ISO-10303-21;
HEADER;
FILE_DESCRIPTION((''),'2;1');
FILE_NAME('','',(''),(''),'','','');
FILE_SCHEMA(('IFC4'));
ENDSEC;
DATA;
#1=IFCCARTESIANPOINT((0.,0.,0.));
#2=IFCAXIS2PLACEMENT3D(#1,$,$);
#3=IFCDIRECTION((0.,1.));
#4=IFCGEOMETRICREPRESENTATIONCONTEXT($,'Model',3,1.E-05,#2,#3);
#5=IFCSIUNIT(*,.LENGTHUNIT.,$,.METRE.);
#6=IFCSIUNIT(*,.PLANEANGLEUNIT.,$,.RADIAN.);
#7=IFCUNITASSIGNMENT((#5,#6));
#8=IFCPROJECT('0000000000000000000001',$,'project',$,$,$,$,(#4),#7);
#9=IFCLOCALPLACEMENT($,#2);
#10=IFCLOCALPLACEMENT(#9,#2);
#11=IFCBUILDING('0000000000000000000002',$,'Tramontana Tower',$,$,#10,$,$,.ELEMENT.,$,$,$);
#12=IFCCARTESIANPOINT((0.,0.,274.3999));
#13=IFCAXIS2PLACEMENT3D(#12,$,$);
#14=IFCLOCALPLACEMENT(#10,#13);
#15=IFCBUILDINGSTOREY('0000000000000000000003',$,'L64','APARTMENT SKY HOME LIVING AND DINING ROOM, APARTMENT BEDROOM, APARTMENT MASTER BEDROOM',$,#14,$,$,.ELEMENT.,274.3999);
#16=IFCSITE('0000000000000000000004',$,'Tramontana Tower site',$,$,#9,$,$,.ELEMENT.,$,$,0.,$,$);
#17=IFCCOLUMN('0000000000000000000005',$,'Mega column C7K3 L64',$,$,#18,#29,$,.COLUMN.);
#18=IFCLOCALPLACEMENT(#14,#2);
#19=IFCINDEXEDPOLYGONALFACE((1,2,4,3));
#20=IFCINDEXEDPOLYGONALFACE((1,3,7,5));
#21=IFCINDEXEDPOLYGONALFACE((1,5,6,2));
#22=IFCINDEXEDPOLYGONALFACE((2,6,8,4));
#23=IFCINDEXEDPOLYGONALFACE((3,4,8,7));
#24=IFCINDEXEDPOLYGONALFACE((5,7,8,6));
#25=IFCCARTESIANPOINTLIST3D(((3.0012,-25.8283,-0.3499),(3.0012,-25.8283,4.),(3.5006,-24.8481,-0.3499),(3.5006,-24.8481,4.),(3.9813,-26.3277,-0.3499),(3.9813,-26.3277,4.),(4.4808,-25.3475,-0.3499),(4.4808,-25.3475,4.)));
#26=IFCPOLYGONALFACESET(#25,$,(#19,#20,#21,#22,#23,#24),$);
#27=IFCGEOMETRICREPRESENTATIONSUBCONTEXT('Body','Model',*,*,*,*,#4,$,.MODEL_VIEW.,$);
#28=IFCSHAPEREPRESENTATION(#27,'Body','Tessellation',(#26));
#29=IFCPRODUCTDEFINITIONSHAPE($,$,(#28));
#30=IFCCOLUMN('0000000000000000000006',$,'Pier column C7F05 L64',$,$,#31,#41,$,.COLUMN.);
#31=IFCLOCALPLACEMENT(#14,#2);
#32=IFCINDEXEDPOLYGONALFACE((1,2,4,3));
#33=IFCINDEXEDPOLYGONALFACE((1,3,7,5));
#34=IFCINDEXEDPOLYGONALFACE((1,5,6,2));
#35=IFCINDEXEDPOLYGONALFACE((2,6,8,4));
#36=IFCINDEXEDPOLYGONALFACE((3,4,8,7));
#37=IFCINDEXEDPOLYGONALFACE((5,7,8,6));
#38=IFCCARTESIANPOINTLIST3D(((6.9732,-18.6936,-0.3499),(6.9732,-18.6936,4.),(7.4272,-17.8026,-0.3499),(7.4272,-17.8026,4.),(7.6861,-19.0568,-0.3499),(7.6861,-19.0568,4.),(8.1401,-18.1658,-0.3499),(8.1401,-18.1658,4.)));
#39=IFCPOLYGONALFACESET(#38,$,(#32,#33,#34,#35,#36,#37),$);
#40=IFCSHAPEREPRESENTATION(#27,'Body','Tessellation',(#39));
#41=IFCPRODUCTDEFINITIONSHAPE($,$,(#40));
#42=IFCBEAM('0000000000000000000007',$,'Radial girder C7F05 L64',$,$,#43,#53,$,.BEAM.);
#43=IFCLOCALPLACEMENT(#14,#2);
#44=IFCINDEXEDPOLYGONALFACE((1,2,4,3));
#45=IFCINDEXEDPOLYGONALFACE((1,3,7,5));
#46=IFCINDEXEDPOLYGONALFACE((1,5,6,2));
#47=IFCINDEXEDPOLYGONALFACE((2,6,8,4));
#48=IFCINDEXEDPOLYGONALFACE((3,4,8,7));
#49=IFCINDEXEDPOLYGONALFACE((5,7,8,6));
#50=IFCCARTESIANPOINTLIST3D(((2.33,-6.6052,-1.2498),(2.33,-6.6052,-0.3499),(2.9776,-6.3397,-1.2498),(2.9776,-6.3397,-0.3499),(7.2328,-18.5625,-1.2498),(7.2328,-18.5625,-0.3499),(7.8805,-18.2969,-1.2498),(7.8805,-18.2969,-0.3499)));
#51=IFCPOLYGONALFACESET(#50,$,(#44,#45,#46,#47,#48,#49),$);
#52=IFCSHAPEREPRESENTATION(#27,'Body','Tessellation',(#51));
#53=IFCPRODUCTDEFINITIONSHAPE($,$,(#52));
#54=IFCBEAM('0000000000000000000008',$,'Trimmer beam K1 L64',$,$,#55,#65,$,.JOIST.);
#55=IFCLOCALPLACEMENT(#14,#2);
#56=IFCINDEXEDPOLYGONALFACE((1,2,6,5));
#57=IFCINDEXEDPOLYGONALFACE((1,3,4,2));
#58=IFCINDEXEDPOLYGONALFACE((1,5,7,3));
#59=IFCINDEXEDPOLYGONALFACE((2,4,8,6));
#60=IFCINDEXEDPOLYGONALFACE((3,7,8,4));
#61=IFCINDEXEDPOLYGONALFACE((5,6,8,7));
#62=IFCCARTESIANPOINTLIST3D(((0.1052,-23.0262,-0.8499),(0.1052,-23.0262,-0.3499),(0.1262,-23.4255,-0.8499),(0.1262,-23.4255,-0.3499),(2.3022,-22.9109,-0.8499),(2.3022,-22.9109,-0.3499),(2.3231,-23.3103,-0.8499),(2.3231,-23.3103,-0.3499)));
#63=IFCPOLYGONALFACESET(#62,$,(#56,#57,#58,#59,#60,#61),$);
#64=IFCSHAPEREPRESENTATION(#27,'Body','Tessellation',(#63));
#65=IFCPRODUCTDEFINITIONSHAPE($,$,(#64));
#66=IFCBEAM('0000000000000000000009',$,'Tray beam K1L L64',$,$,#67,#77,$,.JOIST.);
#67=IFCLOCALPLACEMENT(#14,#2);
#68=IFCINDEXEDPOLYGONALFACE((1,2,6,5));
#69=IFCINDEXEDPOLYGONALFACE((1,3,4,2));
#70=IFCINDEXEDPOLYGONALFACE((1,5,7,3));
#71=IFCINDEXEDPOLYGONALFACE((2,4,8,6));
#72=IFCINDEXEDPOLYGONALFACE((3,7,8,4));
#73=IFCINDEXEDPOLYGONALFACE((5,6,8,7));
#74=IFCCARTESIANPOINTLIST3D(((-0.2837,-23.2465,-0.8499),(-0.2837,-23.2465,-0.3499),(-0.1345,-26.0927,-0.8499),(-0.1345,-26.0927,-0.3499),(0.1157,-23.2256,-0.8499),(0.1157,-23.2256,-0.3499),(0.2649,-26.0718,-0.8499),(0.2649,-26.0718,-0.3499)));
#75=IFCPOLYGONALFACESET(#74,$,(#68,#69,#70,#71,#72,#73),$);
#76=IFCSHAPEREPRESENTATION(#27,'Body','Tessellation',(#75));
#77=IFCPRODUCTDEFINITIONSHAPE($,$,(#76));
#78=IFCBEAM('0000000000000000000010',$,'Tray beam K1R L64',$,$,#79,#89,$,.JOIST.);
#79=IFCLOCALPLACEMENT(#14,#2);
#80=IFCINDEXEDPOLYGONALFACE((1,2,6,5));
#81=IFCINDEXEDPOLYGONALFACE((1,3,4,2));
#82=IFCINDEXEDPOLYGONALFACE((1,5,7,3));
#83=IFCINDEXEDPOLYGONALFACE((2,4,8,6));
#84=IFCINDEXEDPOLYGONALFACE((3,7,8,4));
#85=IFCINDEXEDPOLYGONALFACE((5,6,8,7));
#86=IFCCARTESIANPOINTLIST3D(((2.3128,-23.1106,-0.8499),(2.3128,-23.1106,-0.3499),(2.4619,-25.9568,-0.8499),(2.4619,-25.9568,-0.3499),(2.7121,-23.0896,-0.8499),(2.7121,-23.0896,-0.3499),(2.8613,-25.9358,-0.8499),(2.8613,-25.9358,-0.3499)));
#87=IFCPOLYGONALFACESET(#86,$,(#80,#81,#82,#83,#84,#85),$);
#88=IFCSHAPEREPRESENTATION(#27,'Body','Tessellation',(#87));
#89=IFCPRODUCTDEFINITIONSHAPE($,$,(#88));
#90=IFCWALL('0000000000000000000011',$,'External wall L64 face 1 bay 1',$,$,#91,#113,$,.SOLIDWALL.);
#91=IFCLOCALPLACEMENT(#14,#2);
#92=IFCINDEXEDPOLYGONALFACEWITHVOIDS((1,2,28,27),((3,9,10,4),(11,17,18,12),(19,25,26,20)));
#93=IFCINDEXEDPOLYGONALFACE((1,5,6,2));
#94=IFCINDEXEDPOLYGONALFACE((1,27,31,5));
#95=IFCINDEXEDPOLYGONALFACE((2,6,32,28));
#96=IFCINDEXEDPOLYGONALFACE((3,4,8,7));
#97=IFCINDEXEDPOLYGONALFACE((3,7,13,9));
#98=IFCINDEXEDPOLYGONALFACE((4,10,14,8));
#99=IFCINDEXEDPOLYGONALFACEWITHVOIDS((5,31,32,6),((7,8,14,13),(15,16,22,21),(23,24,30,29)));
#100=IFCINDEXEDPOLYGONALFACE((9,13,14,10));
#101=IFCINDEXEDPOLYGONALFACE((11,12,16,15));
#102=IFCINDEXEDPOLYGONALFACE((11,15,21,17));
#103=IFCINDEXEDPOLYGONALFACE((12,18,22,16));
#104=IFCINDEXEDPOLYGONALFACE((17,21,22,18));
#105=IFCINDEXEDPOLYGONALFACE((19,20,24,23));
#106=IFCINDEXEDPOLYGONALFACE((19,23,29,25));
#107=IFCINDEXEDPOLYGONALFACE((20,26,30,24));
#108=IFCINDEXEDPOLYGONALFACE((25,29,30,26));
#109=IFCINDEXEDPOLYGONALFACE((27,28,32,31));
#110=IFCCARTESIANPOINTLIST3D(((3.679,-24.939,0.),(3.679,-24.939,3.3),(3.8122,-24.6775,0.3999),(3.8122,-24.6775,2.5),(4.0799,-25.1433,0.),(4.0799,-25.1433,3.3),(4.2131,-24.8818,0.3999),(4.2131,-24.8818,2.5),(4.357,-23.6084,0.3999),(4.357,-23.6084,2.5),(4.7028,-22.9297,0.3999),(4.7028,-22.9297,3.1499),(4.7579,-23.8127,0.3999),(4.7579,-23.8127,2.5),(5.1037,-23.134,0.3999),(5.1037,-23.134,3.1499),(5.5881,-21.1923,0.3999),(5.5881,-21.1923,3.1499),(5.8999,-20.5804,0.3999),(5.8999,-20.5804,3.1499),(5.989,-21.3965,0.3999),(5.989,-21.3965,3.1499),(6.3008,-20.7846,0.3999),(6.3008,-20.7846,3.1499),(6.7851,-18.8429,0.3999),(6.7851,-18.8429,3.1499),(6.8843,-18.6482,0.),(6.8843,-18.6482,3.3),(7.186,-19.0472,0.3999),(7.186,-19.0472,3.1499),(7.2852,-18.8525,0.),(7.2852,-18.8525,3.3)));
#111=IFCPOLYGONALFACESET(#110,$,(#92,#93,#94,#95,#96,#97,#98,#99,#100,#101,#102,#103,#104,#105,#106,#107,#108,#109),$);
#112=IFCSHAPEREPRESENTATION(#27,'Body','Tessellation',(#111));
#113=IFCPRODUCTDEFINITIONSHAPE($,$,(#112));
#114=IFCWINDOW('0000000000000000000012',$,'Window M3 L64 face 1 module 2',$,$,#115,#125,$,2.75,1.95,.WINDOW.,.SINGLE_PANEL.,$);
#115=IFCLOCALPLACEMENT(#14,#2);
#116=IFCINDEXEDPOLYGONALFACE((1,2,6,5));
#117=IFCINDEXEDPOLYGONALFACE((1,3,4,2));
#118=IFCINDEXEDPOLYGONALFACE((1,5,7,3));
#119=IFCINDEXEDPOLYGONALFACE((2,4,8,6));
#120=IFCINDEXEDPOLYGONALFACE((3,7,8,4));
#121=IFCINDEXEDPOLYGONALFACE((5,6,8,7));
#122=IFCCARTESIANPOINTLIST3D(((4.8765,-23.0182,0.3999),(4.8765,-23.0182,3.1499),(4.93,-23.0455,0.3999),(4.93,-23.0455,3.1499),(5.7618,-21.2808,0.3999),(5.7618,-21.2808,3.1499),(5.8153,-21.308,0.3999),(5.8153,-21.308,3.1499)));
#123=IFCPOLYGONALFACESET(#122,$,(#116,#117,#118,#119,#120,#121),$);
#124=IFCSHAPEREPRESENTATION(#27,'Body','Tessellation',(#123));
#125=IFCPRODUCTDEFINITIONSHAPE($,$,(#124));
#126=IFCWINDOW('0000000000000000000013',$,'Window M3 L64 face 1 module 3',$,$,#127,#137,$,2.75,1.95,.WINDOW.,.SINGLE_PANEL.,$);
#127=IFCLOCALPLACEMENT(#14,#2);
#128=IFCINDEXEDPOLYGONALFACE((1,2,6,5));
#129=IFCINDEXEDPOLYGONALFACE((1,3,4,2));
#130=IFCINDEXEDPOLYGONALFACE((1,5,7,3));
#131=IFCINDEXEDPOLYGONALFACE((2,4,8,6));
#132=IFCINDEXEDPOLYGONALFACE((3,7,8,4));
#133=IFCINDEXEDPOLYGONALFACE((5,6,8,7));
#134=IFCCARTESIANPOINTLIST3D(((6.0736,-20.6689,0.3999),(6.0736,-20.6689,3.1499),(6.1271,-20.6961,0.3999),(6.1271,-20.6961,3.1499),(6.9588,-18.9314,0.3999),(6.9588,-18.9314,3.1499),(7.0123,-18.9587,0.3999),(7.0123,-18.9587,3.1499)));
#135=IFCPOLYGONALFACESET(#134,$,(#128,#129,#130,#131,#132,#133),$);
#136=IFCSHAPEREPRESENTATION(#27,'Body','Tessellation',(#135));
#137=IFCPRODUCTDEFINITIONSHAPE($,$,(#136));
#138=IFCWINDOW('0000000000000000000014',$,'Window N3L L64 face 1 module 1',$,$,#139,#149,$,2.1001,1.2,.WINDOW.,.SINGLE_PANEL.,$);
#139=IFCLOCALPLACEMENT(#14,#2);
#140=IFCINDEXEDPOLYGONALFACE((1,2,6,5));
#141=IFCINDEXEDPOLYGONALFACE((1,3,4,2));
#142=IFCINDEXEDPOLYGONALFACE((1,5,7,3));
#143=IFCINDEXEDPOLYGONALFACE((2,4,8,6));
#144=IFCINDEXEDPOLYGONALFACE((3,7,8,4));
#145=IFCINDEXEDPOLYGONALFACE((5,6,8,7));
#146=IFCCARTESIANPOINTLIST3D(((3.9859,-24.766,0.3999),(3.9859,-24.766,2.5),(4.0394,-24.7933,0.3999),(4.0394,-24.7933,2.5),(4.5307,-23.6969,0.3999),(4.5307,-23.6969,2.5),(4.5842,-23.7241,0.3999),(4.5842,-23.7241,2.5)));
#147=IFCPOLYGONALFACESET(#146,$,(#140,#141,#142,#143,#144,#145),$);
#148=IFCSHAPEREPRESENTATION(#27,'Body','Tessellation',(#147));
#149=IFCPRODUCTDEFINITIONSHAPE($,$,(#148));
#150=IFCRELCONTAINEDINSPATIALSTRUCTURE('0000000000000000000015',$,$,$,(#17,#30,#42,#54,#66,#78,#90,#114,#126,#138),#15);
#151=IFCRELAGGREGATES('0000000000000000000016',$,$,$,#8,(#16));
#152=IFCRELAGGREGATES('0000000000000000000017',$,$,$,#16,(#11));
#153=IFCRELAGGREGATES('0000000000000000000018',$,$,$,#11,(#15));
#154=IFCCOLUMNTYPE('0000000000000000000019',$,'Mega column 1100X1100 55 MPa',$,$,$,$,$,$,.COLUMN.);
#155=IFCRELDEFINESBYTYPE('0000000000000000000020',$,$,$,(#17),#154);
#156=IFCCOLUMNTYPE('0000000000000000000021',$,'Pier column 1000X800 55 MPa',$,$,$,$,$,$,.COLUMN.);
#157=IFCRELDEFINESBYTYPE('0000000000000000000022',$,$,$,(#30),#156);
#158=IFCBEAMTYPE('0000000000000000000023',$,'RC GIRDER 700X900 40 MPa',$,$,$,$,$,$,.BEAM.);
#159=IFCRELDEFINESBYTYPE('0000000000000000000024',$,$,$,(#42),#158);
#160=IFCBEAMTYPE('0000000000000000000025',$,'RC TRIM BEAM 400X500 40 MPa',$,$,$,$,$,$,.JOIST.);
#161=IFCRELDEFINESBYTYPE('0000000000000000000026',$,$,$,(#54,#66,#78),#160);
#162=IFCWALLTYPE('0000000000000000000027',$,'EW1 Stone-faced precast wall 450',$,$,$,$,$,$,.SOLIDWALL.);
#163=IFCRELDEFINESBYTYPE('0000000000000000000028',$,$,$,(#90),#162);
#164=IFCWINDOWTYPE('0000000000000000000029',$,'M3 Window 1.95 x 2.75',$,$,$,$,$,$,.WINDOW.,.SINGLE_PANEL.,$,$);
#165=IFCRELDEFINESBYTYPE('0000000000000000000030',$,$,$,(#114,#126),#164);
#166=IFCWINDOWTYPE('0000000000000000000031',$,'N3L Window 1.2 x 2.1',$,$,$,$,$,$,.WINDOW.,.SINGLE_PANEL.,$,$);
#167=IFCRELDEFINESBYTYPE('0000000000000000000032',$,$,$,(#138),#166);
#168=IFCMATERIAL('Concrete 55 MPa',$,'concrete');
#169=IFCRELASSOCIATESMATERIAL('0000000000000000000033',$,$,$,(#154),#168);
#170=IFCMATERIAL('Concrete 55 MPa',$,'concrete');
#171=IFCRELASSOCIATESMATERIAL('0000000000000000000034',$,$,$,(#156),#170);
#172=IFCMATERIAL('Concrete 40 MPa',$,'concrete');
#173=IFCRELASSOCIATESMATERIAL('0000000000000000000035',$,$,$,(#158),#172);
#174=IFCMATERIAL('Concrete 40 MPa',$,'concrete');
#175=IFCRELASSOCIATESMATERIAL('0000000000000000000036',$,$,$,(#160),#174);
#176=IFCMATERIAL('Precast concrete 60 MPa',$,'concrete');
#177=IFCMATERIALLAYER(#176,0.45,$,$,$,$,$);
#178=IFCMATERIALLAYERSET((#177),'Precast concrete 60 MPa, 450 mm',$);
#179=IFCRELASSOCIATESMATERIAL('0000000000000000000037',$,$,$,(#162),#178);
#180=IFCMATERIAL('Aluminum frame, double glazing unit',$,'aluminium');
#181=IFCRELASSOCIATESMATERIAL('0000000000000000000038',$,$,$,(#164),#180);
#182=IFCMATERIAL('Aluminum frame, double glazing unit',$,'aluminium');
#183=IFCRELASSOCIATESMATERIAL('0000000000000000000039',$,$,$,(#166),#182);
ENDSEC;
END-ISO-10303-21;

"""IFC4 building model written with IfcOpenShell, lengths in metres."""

from ifc_helpers import new_model, si_unit, direction, frame, frame_2d, origin, origin_2d, place, context, subcontext, project, spatial, rectangle, extrude, material, layer, layer_set, material_profile, profile_set, type_object, element, fill, save


model = new_model("IFC4")

# Units and contexts
model_context = context("Model", 3, precision=1e-05, world=origin(), true_north=direction((0.0, 1.0)))
body_context = subcontext(model_context, "Body", "Model", "MODEL_VIEW")
ifc_project = project(units=[si_unit("LENGTHUNIT", "METRE"), si_unit("PLANEANGLEUNIT", "RADIAN")], contexts=[model_context])

# Site, building, storey
site_placement = place(None, origin())
site = spatial("IfcSite", under=ifc_project, at=site_placement, Name="Tramontana Tower site", CompositionType="ELEMENT", RefElevation=0.0)
building_placement = place(site_placement, origin())
building = spatial("IfcBuilding", under=site, at=building_placement, Name="Tramontana Tower", CompositionType="ELEMENT")
storey_placement = place(building_placement, frame((0.0, 0.0, 274.3999)))
storey = spatial("IfcBuildingStorey", under=building, at=storey_placement, Name="L64", Description="APARTMENT SKY HOME LIVING AND DINING ROOM, APARTMENT BEDROOM, APARTMENT MASTER BEDROOM", CompositionType="ELEMENT", Elevation=274.3999)

# Columns
ifc_material_1 = material(Name="Concrete 55 MPa", Category="concrete")
ifc_material_profile_1 = material_profile(ifc_material_1, rectangle(XDim=1.1001, YDim=1.1001, at=origin_2d()), Name="Mega column 1100X1100 55 MPa")
ifc_profile_set_1 = profile_set([ifc_material_profile_1], Name="Concrete 55 MPa")
column_type_1 = type_object("IfcColumnType", Name="Mega column 1100X1100 55 MPa", PredefinedType="COLUMN", material=ifc_profile_set_1)
column_1_placement = place(storey_placement, frame((3.741, -25.5879, -0.3499), z_axis=(0.0, 0.0, 1.0), x_axis=(0.45399, 0.891007, 0.0)))
element("IfcColumn", 1, at=column_1_placement, inside=storey, type_object=column_type_1, Name="Mega column C7K3 L64", PredefinedType="COLUMN", context=body_context, shape_type="SweptSolid", body=[
    extrude(rectangle(XDim=1.1001, YDim=1.1001, at=origin_2d()), origin(), (0.0, 0.0, 1.0), 4.3499),
])
ifc_material_2 = material(Name="Concrete 55 MPa", Category="concrete")
ifc_material_profile_2 = material_profile(ifc_material_2, rectangle(XDim=1.0, YDim=0.8, at=origin_2d()), Name="Pier column 1000X800 55 MPa")
ifc_profile_set_2 = profile_set([ifc_material_profile_2], Name="Concrete 55 MPa")
column_type_2 = type_object("IfcColumnType", Name="Pier column 1000X800 55 MPa", PredefinedType="COLUMN", material=ifc_profile_set_2)
column_2_placement = place(storey_placement, frame((7.5566, -18.4297, -0.3499), z_axis=(0.0, 0.0, 1.0), x_axis=(0.45399, 0.891007, 0.0)))
element("IfcColumn", 2, at=column_2_placement, inside=storey, type_object=column_type_2, Name="Pier column C7F05 L64", PredefinedType="COLUMN", context=body_context, shape_type="SweptSolid", body=[
    extrude(rectangle(XDim=1.0, YDim=0.8, at=origin_2d()), origin(), (0.0, 0.0, 1.0), 4.3499),
])

# Beams
ifc_material_3 = material(Name="Concrete 40 MPa", Category="concrete")
ifc_material_profile_3 = material_profile(ifc_material_3, rectangle(XDim=0.7, YDim=0.8999, at=origin_2d()), Name="RC GIRDER 700X900 40 MPa")
ifc_profile_set_3 = profile_set([ifc_material_profile_3], Name="Concrete 40 MPa")
beam_type_1 = type_object("IfcBeamType", Name="RC GIRDER 700X900 40 MPa", PredefinedType="BEAM", material=ifc_profile_set_3)
beam_1_placement = place(storey_placement, frame((7.5566, -18.4297, -0.7998), z_axis=(-0.379376, 0.925242, 0.0), x_axis=(-0.925242, -0.379376, 0.0)))
element("IfcBeam", 3, at=beam_1_placement, inside=storey, type_object=beam_type_1, Name="Radial girder C7F05 L64", PredefinedType="BEAM", context=body_context, shape_type="SweptSolid", body=[
    extrude(rectangle(XDim=0.7, YDim=0.8999, at=origin_2d()), origin(), (0.0, 0.0, 1.0), 12.9233),
])
ifc_material_4 = material(Name="Concrete 40 MPa", Category="concrete")
ifc_material_profile_4 = material_profile(ifc_material_4, rectangle(XDim=0.3999, YDim=0.5, at=origin_2d()), Name="RC TRIM BEAM 400X500 40 MPa")
ifc_profile_set_4 = profile_set([ifc_material_profile_4], Name="Concrete 40 MPa")
beam_type_2 = type_object("IfcBeamType", Name="RC TRIM BEAM 400X500 40 MPa", PredefinedType="JOIST", material=ifc_profile_set_4)
beam_2_placement = place(storey_placement, frame((0.1157, -23.2258, -0.5999), z_axis=(0.998627, 0.052378, 0.0), x_axis=(-0.052378, 0.998627, 0.0)))
element("IfcBeam", 4, at=beam_2_placement, inside=storey, type_object=beam_type_2, Name="Trimmer beam K1 L64", PredefinedType="JOIST", context=body_context, shape_type="SweptSolid", body=[
    extrude(rectangle(XDim=0.3999, YDim=0.5, at=origin_2d()), origin(), (0.0, 0.0, 1.0), 2.2),
])
for number, where, z_axis, x_axis, name in (
    (5, (0.0652, -26.0823, -0.5999), (-0.052339, 0.998629, 0.0), (-0.998629, -0.052339, 0.0), "Tray beam K1L L64"),
    (6, (2.6616, -25.9463, -0.5999), (-0.052339, 0.998629, 0.0), (-0.998629, -0.052339, 0.0), "Tray beam K1R L64"),
):
    element("IfcBeam", number, at=place(storey_placement, frame(where, z_axis=z_axis, x_axis=x_axis)), inside=storey, type_object=beam_type_2, Name=name, PredefinedType="JOIST", context=body_context, shape_type="SweptSolid", body=[
        extrude(rectangle(XDim=0.3999, YDim=0.5, at=origin_2d()), origin(), (0.0, 0.0, 1.0), 2.8501),
    ])

# Wall, openings, windows
ifc_material_5 = material(Name="Precast concrete 60 MPa", Category="concrete")
ifc_layer_1 = layer(ifc_material_5, 0.45)
ifc_layer_set_1 = layer_set([ifc_layer_1], Name="Precast concrete 60 MPa, 450 mm")
wall_type_1 = type_object("IfcWallType", Name="EW1 Stone-faced precast wall 450", PredefinedType="SOLIDWALL", material=ifc_layer_set_1)
wall_1_placement = place(storey_placement, frame((3.8794, -25.0413, 0.0), z_axis=(0.0, 0.0, 1.0), x_axis=(0.453992, 0.891006, 0.0)))
wall_1 = element("IfcWall", 7, at=wall_1_placement, inside=storey, type_object=wall_type_1, Name="External wall L64 face 1 bay 1", PredefinedType="SOLIDWALL", context=body_context, shape_type="SweptSolid", body=[
    extrude(rectangle(XDim=7.0603, YDim=0.45, at=frame_2d((3.5303, 0.0))), origin(), (0.0, 0.0, 1.0), 3.3),
])
opening_1_placement = place(wall_1_placement, frame((0.2935, 0.0, 0.3999)))
opening_1 = element("IfcOpeningElement", 8, at=opening_1_placement, cuts=wall_1, PredefinedType="OPENING", context=body_context, shape_type="SweptSolid", body=[
    extrude(rectangle(XDim=1.2, YDim=2.1001, at=frame_2d((0.6001, 1.05))), frame((0.0, 0.2349, 0.0), z_axis=(0.0, -1.0, 0.0), x_axis=(1.0, 0.0, 0.0)), (0.0, 0.0, 1.0), 0.47),
])
opening_2_placement = place(wall_1_placement, frame((2.2551, 0.0, 0.3999)))
opening_2 = element("IfcOpeningElement", 9, at=opening_2_placement, cuts=wall_1, PredefinedType="OPENING", context=body_context, shape_type="SweptSolid", body=[
    extrude(rectangle(XDim=1.95, YDim=2.75, at=frame_2d((0.9751, 1.375))), frame((0.0, 0.2349, 0.0), z_axis=(0.0, -1.0, 0.0), x_axis=(1.0, 0.0, 0.0)), (0.0, 0.0, 1.0), 0.47),
])
opening_3_placement = place(wall_1_placement, frame((4.8918, 0.0, 0.3999)))
opening_3 = element("IfcOpeningElement", 10, at=opening_3_placement, cuts=wall_1, PredefinedType="OPENING", context=body_context, shape_type="SweptSolid", body=[
    extrude(rectangle(XDim=1.95, YDim=2.75, at=frame_2d((0.9751, 1.375))), frame((0.0, 0.2349, 0.0), z_axis=(0.0, -1.0, 0.0), x_axis=(1.0, 0.0, 0.0)), (0.0, 0.0, 1.0), 0.47),
])
ifc_material_6 = material(Name="Aluminum frame, double glazing unit", Category="aluminium")
window_type_1 = type_object("IfcWindowType", Name="M3 Window 1.95 x 2.75", PartitioningType="SINGLE_PANEL", PredefinedType="WINDOW", material=ifc_material_6)
window_1_placement = place(opening_2_placement, origin())
window_1 = element("IfcWindow", 11, at=window_1_placement, inside=storey, type_object=window_type_1, Name="Window M3 L64 face 1 module 2", OverallHeight=2.75, OverallWidth=1.95, PartitioningType="SINGLE_PANEL", PredefinedType="WINDOW", context=body_context, shape_type="SweptSolid", body=[
    extrude(rectangle(XDim=1.95, YDim=2.75, at=frame_2d((0.9751, 1.375))), frame((0.0, 0.03, 0.0), z_axis=(0.0, -1.0, 0.0), x_axis=(1.0, 0.0, 0.0)), (0.0, 0.0, 1.0), 0.0601),
])
fill(opening_2, window_1)
window_2_placement = place(opening_3_placement, origin())
window_2 = element("IfcWindow", 12, at=window_2_placement, inside=storey, type_object=window_type_1, Name="Window M3 L64 face 1 module 3", OverallHeight=2.75, OverallWidth=1.95, PartitioningType="SINGLE_PANEL", PredefinedType="WINDOW", context=body_context, shape_type="SweptSolid", body=[
    extrude(rectangle(XDim=1.95, YDim=2.75, at=frame_2d((0.9751, 1.375))), frame((0.0, 0.03, 0.0), z_axis=(0.0, -1.0, 0.0), x_axis=(1.0, 0.0, 0.0)), (0.0, 0.0, 1.0), 0.0601),
])
fill(opening_3, window_2)
ifc_material_7 = material(Name="Aluminum frame, double glazing unit", Category="aluminium")
window_type_2 = type_object("IfcWindowType", Name="N3L Window 1.2 x 2.1", PartitioningType="SINGLE_PANEL", PredefinedType="WINDOW", material=ifc_material_7)
window_3_placement = place(opening_1_placement, origin())
window_3 = element("IfcWindow", 13, at=window_3_placement, inside=storey, type_object=window_type_2, Name="Window N3L L64 face 1 module 1", OverallHeight=2.1001, OverallWidth=1.2, PartitioningType="SINGLE_PANEL", PredefinedType="WINDOW", context=body_context, shape_type="SweptSolid", body=[
    extrude(rectangle(XDim=1.2, YDim=2.1001, at=frame_2d((0.6001, 1.05))), frame((0.0, 0.03, 0.0), z_axis=(0.0, -1.0, 0.0), x_axis=(1.0, 0.0, 0.0)), (0.0, 0.0, 1.0), 0.0601),
])
fill(opening_1, window_3)

save(model, "model.ifc")
